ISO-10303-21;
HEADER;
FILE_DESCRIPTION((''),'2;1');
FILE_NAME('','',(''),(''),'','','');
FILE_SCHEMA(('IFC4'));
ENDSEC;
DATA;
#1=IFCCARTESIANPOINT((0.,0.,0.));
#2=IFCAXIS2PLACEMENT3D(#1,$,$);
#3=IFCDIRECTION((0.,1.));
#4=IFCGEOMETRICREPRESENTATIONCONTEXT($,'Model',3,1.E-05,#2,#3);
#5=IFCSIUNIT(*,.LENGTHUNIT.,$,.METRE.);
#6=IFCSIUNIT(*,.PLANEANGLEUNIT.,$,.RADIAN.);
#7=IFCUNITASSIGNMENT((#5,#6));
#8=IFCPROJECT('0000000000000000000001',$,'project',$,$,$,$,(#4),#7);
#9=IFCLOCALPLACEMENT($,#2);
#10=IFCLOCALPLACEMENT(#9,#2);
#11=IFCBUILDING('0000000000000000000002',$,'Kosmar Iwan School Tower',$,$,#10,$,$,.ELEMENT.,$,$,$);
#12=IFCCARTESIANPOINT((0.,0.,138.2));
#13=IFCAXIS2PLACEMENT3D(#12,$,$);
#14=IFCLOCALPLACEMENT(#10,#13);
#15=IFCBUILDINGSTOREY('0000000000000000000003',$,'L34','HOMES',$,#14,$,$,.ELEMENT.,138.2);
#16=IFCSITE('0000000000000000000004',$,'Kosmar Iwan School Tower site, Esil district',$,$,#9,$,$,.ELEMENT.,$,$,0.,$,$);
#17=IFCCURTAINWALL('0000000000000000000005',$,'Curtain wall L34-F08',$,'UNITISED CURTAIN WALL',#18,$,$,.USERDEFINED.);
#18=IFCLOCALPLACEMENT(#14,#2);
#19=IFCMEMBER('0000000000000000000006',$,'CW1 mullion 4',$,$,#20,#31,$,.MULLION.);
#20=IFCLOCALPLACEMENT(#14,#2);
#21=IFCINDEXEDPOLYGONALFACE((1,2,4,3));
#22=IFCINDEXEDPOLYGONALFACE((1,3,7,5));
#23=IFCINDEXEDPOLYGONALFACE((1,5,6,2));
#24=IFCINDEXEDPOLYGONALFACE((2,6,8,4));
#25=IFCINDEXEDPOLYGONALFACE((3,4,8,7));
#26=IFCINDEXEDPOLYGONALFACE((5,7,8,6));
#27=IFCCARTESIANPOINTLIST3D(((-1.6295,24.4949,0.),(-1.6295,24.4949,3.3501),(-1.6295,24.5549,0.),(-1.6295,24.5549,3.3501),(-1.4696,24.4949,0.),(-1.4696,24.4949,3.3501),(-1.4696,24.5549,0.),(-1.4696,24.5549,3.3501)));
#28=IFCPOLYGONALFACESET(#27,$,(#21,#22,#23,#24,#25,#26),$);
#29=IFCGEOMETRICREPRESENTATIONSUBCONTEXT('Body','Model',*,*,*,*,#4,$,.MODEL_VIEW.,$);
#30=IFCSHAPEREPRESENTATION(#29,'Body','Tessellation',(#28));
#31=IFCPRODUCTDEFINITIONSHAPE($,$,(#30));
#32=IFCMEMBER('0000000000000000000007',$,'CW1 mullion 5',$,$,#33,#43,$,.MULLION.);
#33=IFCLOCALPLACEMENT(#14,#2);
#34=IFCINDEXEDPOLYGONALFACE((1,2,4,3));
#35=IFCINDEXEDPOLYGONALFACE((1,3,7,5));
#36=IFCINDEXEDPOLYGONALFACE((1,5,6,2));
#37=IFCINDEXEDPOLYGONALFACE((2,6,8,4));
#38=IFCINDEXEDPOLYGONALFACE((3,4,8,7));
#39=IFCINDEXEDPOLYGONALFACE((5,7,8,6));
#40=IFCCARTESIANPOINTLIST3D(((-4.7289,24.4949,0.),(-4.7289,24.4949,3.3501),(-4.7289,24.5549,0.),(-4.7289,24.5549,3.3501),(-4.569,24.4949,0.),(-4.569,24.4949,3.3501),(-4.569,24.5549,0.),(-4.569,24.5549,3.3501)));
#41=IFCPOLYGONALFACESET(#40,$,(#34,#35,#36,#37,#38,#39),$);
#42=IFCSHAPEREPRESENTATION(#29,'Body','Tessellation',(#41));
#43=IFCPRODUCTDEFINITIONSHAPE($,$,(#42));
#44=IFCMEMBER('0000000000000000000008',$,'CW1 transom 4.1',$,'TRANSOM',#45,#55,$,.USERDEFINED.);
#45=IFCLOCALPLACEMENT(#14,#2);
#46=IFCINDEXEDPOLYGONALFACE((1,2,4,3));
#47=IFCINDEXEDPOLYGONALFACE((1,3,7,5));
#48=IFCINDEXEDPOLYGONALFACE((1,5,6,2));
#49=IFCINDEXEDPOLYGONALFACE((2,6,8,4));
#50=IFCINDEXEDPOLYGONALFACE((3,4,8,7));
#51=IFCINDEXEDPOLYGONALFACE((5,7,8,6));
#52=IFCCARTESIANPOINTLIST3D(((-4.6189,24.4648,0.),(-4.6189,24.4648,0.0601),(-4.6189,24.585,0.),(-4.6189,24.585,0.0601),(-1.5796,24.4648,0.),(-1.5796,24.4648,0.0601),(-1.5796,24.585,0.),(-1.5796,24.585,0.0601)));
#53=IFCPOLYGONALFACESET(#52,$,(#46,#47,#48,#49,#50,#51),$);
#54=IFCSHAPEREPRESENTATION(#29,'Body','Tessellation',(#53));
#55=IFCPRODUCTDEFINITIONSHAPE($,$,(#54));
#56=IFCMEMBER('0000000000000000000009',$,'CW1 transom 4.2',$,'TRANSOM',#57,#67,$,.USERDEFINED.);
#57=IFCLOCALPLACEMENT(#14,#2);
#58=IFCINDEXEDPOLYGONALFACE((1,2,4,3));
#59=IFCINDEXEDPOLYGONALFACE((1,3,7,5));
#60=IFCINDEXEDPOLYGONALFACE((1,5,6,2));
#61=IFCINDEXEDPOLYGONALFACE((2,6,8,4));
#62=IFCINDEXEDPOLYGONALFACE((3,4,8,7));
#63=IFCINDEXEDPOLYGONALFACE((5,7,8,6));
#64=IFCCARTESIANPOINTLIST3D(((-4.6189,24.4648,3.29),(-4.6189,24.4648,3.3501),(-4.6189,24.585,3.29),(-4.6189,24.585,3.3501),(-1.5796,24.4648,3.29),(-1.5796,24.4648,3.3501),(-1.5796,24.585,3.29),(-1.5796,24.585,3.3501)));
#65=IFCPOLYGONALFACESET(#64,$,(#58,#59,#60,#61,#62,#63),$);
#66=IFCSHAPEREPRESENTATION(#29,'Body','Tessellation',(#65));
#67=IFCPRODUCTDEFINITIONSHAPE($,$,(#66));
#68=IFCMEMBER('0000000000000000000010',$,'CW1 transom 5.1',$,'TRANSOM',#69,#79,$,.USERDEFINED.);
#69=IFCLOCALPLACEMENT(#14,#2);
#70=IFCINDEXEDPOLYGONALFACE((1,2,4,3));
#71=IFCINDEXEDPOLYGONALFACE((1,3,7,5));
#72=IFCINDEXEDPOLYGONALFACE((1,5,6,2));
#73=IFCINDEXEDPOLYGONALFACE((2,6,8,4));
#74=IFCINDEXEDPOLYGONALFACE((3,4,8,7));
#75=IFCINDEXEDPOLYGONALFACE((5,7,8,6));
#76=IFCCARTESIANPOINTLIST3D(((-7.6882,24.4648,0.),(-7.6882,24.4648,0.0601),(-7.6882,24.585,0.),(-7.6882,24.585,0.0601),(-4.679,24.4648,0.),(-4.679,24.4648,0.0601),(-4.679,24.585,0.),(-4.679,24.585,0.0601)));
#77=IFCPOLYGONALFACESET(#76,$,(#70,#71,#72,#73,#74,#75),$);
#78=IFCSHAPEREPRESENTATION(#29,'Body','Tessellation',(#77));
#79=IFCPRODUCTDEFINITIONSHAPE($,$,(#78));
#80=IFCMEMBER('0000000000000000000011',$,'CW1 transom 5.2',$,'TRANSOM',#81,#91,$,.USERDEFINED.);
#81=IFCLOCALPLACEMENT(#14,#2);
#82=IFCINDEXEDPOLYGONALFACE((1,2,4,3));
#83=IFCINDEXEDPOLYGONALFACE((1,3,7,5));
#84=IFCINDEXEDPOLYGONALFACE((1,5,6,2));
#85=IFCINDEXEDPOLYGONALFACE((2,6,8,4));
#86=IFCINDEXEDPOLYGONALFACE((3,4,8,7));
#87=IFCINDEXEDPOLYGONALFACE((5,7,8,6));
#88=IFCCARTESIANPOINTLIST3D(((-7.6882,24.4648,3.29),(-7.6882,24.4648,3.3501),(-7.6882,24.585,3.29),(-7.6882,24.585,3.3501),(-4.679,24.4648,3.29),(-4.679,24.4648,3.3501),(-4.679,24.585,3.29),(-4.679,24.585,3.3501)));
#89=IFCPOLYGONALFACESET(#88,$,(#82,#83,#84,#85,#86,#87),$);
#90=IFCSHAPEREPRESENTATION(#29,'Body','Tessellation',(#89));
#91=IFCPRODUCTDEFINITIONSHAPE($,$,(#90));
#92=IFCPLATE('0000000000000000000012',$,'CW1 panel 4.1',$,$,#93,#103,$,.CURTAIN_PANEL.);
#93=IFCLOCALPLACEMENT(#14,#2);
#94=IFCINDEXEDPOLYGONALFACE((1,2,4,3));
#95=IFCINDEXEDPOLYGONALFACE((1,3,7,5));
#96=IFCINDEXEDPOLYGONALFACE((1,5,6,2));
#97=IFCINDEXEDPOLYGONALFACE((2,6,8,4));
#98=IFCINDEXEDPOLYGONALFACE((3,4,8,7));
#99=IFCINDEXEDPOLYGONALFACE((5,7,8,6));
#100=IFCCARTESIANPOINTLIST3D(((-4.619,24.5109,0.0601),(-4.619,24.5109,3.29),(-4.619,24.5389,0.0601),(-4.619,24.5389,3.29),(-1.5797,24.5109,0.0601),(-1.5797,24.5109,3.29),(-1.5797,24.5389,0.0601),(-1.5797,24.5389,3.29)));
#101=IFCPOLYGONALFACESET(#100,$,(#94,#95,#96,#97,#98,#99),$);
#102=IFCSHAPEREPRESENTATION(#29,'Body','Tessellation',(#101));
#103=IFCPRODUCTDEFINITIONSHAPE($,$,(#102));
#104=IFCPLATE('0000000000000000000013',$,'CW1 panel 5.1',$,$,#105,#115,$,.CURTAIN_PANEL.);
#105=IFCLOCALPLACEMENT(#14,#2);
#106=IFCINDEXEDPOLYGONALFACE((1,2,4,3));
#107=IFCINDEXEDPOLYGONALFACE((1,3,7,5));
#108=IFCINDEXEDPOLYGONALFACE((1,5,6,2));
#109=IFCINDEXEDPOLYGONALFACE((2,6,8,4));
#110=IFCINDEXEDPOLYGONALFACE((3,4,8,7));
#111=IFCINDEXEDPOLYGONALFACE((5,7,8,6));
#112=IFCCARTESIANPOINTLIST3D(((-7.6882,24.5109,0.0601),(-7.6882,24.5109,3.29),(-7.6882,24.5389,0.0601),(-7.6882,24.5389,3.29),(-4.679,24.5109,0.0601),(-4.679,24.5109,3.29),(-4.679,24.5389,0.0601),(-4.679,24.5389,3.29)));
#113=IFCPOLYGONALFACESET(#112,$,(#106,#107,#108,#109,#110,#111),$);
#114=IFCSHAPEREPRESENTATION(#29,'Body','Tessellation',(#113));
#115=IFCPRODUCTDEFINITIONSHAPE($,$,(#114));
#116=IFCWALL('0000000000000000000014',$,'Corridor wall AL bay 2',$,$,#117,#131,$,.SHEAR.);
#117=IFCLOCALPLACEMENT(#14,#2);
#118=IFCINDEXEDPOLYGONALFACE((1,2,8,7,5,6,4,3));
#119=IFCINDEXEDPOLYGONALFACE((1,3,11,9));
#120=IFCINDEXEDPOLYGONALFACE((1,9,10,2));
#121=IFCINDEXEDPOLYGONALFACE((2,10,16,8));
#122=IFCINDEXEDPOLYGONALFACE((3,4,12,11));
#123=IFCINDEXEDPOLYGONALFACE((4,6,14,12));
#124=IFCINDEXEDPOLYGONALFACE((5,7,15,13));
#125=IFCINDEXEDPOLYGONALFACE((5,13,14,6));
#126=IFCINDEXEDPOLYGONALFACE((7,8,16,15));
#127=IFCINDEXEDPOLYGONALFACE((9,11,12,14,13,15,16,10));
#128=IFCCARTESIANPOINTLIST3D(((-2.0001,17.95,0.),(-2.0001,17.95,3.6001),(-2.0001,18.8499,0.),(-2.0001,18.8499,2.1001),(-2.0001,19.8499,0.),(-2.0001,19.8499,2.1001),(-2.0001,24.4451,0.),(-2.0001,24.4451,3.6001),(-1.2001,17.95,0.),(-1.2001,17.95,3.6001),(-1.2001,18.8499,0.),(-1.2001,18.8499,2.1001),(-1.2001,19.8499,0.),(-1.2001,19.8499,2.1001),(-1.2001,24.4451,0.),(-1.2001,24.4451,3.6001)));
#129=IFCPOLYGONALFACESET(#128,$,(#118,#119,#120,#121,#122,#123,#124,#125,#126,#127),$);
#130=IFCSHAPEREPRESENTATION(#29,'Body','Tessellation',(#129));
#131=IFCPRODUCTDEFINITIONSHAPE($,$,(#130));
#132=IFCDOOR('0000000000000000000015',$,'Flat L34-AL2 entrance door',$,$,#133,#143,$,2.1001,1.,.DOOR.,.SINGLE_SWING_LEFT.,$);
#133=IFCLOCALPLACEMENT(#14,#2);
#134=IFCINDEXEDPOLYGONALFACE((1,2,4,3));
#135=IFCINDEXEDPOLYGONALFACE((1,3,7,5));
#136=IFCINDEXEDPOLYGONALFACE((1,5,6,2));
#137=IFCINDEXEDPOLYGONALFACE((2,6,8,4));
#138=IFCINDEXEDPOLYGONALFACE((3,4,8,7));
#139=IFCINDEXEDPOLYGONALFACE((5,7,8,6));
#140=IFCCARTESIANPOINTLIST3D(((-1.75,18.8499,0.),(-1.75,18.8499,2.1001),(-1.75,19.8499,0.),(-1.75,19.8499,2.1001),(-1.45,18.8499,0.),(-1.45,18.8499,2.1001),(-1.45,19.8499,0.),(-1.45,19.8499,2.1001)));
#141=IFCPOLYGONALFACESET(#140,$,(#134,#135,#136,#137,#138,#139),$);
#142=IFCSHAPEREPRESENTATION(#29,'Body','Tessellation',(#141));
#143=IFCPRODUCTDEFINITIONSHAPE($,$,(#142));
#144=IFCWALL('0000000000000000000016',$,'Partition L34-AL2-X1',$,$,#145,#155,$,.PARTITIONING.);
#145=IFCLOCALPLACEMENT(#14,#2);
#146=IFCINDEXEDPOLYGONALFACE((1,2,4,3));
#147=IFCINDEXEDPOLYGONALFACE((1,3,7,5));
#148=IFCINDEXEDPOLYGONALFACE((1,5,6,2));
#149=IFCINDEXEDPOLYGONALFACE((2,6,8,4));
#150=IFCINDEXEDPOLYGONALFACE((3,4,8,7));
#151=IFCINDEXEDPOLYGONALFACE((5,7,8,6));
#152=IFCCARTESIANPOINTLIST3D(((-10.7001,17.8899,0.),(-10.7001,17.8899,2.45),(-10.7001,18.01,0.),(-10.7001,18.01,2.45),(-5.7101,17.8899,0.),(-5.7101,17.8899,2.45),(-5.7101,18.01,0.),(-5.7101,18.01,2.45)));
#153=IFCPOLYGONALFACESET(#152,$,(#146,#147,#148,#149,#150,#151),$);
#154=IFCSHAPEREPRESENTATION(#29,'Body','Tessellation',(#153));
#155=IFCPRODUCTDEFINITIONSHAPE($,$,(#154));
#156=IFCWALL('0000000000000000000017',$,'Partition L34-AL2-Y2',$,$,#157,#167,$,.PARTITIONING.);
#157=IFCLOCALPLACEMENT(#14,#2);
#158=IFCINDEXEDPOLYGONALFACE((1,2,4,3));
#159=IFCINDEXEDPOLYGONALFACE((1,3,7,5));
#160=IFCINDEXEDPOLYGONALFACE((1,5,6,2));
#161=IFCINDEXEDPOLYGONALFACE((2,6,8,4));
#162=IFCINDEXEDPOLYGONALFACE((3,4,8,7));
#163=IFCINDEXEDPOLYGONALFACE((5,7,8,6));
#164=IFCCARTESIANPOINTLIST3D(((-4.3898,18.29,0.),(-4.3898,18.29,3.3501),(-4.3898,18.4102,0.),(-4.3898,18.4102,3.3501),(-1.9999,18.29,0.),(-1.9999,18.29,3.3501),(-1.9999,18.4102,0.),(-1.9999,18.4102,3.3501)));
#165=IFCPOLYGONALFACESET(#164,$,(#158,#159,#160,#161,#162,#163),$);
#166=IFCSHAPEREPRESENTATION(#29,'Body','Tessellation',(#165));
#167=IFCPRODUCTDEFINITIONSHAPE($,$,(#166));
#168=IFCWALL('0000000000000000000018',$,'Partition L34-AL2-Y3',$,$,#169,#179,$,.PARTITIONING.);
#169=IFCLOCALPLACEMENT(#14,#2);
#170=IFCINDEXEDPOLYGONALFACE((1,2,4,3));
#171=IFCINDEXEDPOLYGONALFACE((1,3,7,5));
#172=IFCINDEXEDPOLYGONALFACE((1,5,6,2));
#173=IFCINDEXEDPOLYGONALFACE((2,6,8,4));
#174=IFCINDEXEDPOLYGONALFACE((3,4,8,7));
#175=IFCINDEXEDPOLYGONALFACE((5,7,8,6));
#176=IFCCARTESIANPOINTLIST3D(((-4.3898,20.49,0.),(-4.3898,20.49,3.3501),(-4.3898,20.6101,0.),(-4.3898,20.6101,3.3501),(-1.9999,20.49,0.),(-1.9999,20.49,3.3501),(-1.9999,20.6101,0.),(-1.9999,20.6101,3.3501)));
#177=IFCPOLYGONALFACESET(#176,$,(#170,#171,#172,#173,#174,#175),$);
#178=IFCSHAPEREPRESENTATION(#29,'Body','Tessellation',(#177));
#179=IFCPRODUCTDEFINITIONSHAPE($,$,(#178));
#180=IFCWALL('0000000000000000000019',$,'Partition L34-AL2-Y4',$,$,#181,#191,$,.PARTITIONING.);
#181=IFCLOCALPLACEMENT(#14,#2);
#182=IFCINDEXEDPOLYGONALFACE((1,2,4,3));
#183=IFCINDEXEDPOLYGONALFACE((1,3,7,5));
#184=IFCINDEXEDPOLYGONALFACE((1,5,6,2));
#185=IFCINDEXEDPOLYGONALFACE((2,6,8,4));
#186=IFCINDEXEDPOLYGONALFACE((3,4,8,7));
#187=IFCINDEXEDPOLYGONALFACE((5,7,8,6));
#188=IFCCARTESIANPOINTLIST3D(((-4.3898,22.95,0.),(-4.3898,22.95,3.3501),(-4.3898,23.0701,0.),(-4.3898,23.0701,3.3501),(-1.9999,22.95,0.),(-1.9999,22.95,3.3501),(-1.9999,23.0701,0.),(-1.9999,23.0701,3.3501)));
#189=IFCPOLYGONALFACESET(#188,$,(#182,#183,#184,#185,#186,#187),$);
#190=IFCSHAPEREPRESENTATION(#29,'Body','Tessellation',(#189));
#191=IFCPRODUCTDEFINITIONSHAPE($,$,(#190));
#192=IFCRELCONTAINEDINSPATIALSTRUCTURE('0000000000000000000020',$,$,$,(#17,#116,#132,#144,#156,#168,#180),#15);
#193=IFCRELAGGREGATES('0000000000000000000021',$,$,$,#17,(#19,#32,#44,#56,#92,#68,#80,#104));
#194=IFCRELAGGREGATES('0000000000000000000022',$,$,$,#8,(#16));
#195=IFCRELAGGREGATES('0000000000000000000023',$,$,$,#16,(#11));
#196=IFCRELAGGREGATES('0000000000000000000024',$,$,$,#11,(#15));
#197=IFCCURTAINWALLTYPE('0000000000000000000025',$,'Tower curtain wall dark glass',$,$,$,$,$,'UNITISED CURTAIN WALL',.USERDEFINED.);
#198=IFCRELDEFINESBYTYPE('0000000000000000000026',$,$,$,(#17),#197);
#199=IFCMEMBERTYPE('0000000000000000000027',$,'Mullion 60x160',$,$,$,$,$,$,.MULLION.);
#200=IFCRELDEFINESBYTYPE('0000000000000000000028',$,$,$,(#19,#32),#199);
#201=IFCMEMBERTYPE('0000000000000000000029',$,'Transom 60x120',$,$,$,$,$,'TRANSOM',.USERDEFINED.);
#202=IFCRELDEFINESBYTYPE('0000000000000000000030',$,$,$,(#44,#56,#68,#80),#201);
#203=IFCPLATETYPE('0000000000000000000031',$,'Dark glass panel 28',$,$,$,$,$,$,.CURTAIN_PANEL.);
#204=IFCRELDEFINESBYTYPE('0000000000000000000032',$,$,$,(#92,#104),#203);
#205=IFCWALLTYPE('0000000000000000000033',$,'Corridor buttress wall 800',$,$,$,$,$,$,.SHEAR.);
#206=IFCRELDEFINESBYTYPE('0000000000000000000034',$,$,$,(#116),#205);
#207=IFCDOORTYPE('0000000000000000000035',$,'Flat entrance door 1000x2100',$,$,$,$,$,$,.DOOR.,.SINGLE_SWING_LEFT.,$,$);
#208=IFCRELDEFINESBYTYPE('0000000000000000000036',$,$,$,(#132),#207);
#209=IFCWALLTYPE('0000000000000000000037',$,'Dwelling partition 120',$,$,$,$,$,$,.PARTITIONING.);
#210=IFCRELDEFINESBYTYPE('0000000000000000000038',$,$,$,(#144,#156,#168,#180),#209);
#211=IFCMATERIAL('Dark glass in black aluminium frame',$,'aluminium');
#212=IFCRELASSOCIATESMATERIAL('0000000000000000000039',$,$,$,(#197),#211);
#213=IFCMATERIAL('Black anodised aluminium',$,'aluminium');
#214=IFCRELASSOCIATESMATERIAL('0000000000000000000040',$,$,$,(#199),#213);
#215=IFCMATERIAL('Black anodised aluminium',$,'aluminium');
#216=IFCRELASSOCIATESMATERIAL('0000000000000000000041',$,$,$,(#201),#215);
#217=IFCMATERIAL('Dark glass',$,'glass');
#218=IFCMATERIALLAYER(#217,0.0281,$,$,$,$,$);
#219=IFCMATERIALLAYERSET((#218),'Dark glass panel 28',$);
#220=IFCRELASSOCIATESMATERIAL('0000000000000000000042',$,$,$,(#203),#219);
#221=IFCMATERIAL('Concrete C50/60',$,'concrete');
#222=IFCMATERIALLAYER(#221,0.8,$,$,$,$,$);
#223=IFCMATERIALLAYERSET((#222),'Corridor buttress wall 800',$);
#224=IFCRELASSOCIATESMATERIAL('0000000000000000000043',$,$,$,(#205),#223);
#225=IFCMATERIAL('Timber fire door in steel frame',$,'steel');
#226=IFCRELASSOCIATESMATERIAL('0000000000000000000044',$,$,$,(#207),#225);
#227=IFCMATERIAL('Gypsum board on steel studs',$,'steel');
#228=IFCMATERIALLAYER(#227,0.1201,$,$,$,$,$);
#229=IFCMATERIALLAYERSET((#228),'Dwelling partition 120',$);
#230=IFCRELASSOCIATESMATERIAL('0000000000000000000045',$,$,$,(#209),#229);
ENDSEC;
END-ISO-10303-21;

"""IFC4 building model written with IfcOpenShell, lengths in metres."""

from ifc_helpers import new_model, si_unit, direction, frame, frame_2d, origin, origin_2d, place, context, subcontext, project, spatial, rectangle, extrude, material, layer, layer_set, material_profile, profile_set, type_object, element, fill, aggregate, save


model = new_model("IFC4")

# Units and contexts
model_context = context("Model", 3, precision=1e-05, world=origin(), true_north=direction((0.0, 1.0)))
body_context = subcontext(model_context, "Body", "Model", "MODEL_VIEW")
ifc_project = project(units=[si_unit("LENGTHUNIT", "METRE"), si_unit("PLANEANGLEUNIT", "RADIAN")], contexts=[model_context])

# Site, building, storey
site_placement = place(None, origin())
site = spatial("IfcSite", under=ifc_project, at=site_placement, Name="Kosmar Iwan School Tower site, Esil district", CompositionType="ELEMENT", RefElevation=0.0)
building_placement = place(site_placement, origin())
building = spatial("IfcBuilding", under=site, at=building_placement, Name="Kosmar Iwan School Tower", CompositionType="ELEMENT")
storey_placement = place(building_placement, frame((0.0, 0.0, 138.2)))
storey = spatial("IfcBuildingStorey", under=building, at=storey_placement, Name="L34", Description="HOMES", CompositionType="ELEMENT", Elevation=138.2)

# Curtain wall, members, plates
ifc_material_1 = material(Name="Dark glass in black aluminium frame", Category="aluminium")
curtain_wall_type = type_object("IfcCurtainWallType", Name="Tower curtain wall dark glass", ElementType="UNITISED CURTAIN WALL", PredefinedType="USERDEFINED", material=ifc_material_1)
curtain_wall_placement = place(storey_placement, origin())
curtain_wall = element("IfcCurtainWall", 1, at=curtain_wall_placement, inside=storey, type_object=curtain_wall_type, Name="Curtain wall L34-F08", ObjectType="UNITISED CURTAIN WALL", PredefinedType="USERDEFINED")
ifc_material_2 = material(Name="Black anodised aluminium", Category="aluminium")
ifc_material_profile_1 = material_profile(ifc_material_2, rectangle(XDim=0.0601, YDim=0.1599, at=origin_2d()), Name="MULLION 60x160")
ifc_profile_set_1 = profile_set([ifc_material_profile_1], Name="Black anodised aluminium")
member_type_1 = type_object("IfcMemberType", Name="Mullion 60x160", PredefinedType="MULLION", material=ifc_profile_set_1)
member_1_placement = place(storey_placement, frame((-1.5496, 24.5249, 0.0), z_axis=(0.0, 0.0, 1.0), x_axis=(0.0, -1.0, 0.0)))
member_1 = element("IfcMember", 2, at=member_1_placement, type_object=member_type_1, Name="CW1 mullion 4", PredefinedType="MULLION", context=body_context, shape_type="SweptSolid", body=[
    extrude(rectangle(XDim=0.0601, YDim=0.1599, at=origin_2d()), origin(), (0.0, 0.0, 1.0), 3.3501),
])
member_2_placement = place(storey_placement, frame((-4.6489, 24.5249, 0.0), z_axis=(0.0, 0.0, 1.0), x_axis=(0.0, -1.0, 0.0)))
member_2 = element("IfcMember", 3, at=member_2_placement, type_object=member_type_1, Name="CW1 mullion 5", PredefinedType="MULLION", context=body_context, shape_type="SweptSolid", body=[
    extrude(rectangle(XDim=0.0601, YDim=0.1599, at=origin_2d()), origin(), (0.0, 0.0, 1.0), 3.3501),
])
ifc_material_3 = material(Name="Black anodised aluminium", Category="aluminium")
ifc_material_profile_2 = material_profile(ifc_material_3, rectangle(XDim=0.1201, YDim=0.0601, at=origin_2d()), Name="TRANSOM 60x120")
ifc_profile_set_2 = profile_set([ifc_material_profile_2], Name="Black anodised aluminium")
member_type_2 = type_object("IfcMemberType", Name="Transom 60x120", ElementType="TRANSOM", PredefinedType="USERDEFINED", material=ifc_profile_set_2)
member_3_placement = place(storey_placement, frame((-1.5796, 24.5249, 0.03), z_axis=(-1.0, 0.0, 0.0), x_axis=(0.0, -1.0, 0.0)))
member_3 = element("IfcMember", 4, at=member_3_placement, type_object=member_type_2, Name="CW1 transom 4.1", ObjectType="TRANSOM", PredefinedType="USERDEFINED", context=body_context, shape_type="SweptSolid", body=[
    extrude(rectangle(XDim=0.1201, YDim=0.0601, at=origin_2d()), origin(), (0.0, 0.0, 1.0), 3.0393),
])
member_4_placement = place(storey_placement, frame((-1.5796, 24.5249, 3.3201), z_axis=(-1.0, 0.0, 0.0), x_axis=(0.0, -1.0, 0.0)))
member_4 = element("IfcMember", 5, at=member_4_placement, type_object=member_type_2, Name="CW1 transom 4.2", ObjectType="TRANSOM", PredefinedType="USERDEFINED", context=body_context, shape_type="SweptSolid", body=[
    extrude(rectangle(XDim=0.1201, YDim=0.0601, at=origin_2d()), origin(), (0.0, 0.0, 1.0), 3.0393),
])
member_5_placement = place(storey_placement, frame((-4.679, 24.5249, 0.03), z_axis=(-1.0, 0.0, 0.0), x_axis=(0.0, -1.0, 0.0)))
member_5 = element("IfcMember", 6, at=member_5_placement, type_object=member_type_2, Name="CW1 transom 5.1", ObjectType="TRANSOM", PredefinedType="USERDEFINED", context=body_context, shape_type="SweptSolid", body=[
    extrude(rectangle(XDim=0.1201, YDim=0.0601, at=origin_2d()), origin(), (0.0, 0.0, 1.0), 3.0093),
])
member_6_placement = place(storey_placement, frame((-4.679, 24.5249, 3.3201), z_axis=(-1.0, 0.0, 0.0), x_axis=(0.0, -1.0, 0.0)))
member_6 = element("IfcMember", 7, at=member_6_placement, type_object=member_type_2, Name="CW1 transom 5.2", ObjectType="TRANSOM", PredefinedType="USERDEFINED", context=body_context, shape_type="SweptSolid", body=[
    extrude(rectangle(XDim=0.1201, YDim=0.0601, at=origin_2d()), origin(), (0.0, 0.0, 1.0), 3.0093),
])
ifc_material_4 = material(Name="Dark glass", Category="glass")
ifc_layer_1 = layer(ifc_material_4, 0.0281)
ifc_layer_set_1 = layer_set([ifc_layer_1], Name="Dark glass panel 28")
plate_type = type_object("IfcPlateType", Name="Dark glass panel 28", PredefinedType="CURTAIN_PANEL", material=ifc_layer_set_1)
plate_1_placement = place(storey_placement, frame((-3.0994, 24.5249, 0.0601), z_axis=(0.0, 0.0, 1.0), x_axis=(-1.0, 0.0, 0.0)))
plate_1 = element("IfcPlate", 8, at=plate_1_placement, type_object=plate_type, Name="CW1 panel 4.1", PredefinedType="CURTAIN_PANEL", context=body_context, shape_type="SweptSolid", body=[
    extrude(rectangle(XDim=3.0393, YDim=0.0281, at=origin_2d()), origin(), (0.0, 0.0, 1.0), 3.23),
])
plate_2_placement = place(storey_placement, frame((-6.1836, 24.5249, 0.0601), z_axis=(0.0, 0.0, 1.0), x_axis=(-1.0, 0.0, 0.0)))
plate_2 = element("IfcPlate", 9, at=plate_2_placement, type_object=plate_type, Name="CW1 panel 5.1", PredefinedType="CURTAIN_PANEL", context=body_context, shape_type="SweptSolid", body=[
    extrude(rectangle(XDim=3.0093, YDim=0.0281, at=origin_2d()), origin(), (0.0, 0.0, 1.0), 3.23),
])
aggregate(curtain_wall, [member_1, member_2, member_3, member_4, plate_1, member_5, member_6, plate_2])

# Wall, opening, door
ifc_material_5 = material(Name="Concrete C50/60", Category="concrete")
ifc_layer_2 = layer(ifc_material_5, 0.8)
ifc_layer_set_2 = layer_set([ifc_layer_2], Name="Corridor buttress wall 800")
wall_type_1 = type_object("IfcWallType", Name="Corridor buttress wall 800", PredefinedType="SHEAR", material=ifc_layer_set_2)
wall_1_placement = place(storey_placement, frame((-1.6001, 17.95, 0.0), z_axis=(0.0, 0.0, 1.0), x_axis=(0.0, 1.0, 0.0)))
wall_1 = element("IfcWall", 10, at=wall_1_placement, inside=storey, type_object=wall_type_1, Name="Corridor wall AL bay 2", PredefinedType="SHEAR", context=body_context, shape_type="SweptSolid", body=[
    extrude(rectangle(XDim=6.4951, YDim=0.8, at=frame_2d((3.2476, 0.0))), origin(), (0.0, 0.0, 1.0), 3.6001),
])
opening_placement = place(wall_1_placement, frame((0.8999, 0.0, 0.0)))
opening = element("IfcOpeningElement", 11, at=opening_placement, cuts=wall_1, PredefinedType="OPENING", context=body_context, shape_type="SweptSolid", body=[
    extrude(rectangle(XDim=1.0, YDim=2.1001, at=frame_2d((0.5, 1.05))), frame((0.0, 0.4121, 0.0), z_axis=(0.0, -1.0, 0.0), x_axis=(1.0, 0.0, 0.0)), (0.0, 0.0, 1.0), 0.824),
])
ifc_material_6 = material(Name="Timber fire door in steel frame", Category="steel")
door_type = type_object("IfcDoorType", Name="Flat entrance door 1000x2100", OperationType="SINGLE_SWING_LEFT", PredefinedType="DOOR", material=ifc_material_6)
door_placement = place(opening_placement, origin())
door = element("IfcDoor", 12, at=door_placement, inside=storey, type_object=door_type, Name="Flat L34-AL2 entrance door", OperationType="SINGLE_SWING_LEFT", OverallHeight=2.1001, OverallWidth=1.0, PredefinedType="DOOR", context=body_context, shape_type="SweptSolid", body=[
    extrude(rectangle(XDim=1.0, YDim=2.1001, at=frame_2d((0.5, 1.05))), frame((0.0, 0.1499, 0.0), z_axis=(0.0, -1.0, 0.0), x_axis=(1.0, 0.0, 0.0)), (0.0, 0.0, 1.0), 0.3),
])
fill(opening, door)

# Walls
ifc_material_7 = material(Name="Gypsum board on steel studs", Category="steel")
ifc_layer_3 = layer(ifc_material_7, 0.1201)
ifc_layer_set_3 = layer_set([ifc_layer_3], Name="Dwelling partition 120")
wall_type_2 = type_object("IfcWallType", Name="Dwelling partition 120", PredefinedType="PARTITIONING", material=ifc_layer_set_3)
wall_2_placement = place(storey_placement, frame((-5.71, 17.95, 0.0), z_axis=(0.0, 0.0, 1.0), x_axis=(-1.0, 0.0, 0.0)))
element("IfcWall", 13, at=wall_2_placement, inside=storey, type_object=wall_type_2, Name="Partition L34-AL2-X1", PredefinedType="PARTITIONING", context=body_context, shape_type="SweptSolid", body=[
    extrude(rectangle(XDim=4.99, YDim=0.1201, at=frame_2d((2.4951, 0.0))), origin(), (0.0, 0.0, 1.0), 2.45),
])
for number, where, z_axis, x_axis, name in (
    (14, (-2.0, 18.3501, 0.0), (0.0, 0.0, 1.0), (-1.0, 0.0, 0.0), "Partition L34-AL2-Y2"),
    (15, (-2.0, 20.55, 0.0), (0.0, 0.0, 1.0), (-1.0, 0.0, 0.0), "Partition L34-AL2-Y3"),
    (16, (-2.0, 23.01, 0.0), (0.0, 0.0, 1.0), (-1.0, 0.0, 0.0), "Partition L34-AL2-Y4"),
):
    element("IfcWall", number, at=place(storey_placement, frame(where, z_axis=z_axis, x_axis=x_axis)), inside=storey, type_object=wall_type_2, Name=name, PredefinedType="PARTITIONING", context=body_context, shape_type="SweptSolid", body=[
        extrude(rectangle(XDim=2.3899, YDim=0.1201, at=frame_2d((1.1948, 0.0))), origin(), (0.0, 0.0, 1.0), 3.3501),
    ])

save(model, "model.ifc")
